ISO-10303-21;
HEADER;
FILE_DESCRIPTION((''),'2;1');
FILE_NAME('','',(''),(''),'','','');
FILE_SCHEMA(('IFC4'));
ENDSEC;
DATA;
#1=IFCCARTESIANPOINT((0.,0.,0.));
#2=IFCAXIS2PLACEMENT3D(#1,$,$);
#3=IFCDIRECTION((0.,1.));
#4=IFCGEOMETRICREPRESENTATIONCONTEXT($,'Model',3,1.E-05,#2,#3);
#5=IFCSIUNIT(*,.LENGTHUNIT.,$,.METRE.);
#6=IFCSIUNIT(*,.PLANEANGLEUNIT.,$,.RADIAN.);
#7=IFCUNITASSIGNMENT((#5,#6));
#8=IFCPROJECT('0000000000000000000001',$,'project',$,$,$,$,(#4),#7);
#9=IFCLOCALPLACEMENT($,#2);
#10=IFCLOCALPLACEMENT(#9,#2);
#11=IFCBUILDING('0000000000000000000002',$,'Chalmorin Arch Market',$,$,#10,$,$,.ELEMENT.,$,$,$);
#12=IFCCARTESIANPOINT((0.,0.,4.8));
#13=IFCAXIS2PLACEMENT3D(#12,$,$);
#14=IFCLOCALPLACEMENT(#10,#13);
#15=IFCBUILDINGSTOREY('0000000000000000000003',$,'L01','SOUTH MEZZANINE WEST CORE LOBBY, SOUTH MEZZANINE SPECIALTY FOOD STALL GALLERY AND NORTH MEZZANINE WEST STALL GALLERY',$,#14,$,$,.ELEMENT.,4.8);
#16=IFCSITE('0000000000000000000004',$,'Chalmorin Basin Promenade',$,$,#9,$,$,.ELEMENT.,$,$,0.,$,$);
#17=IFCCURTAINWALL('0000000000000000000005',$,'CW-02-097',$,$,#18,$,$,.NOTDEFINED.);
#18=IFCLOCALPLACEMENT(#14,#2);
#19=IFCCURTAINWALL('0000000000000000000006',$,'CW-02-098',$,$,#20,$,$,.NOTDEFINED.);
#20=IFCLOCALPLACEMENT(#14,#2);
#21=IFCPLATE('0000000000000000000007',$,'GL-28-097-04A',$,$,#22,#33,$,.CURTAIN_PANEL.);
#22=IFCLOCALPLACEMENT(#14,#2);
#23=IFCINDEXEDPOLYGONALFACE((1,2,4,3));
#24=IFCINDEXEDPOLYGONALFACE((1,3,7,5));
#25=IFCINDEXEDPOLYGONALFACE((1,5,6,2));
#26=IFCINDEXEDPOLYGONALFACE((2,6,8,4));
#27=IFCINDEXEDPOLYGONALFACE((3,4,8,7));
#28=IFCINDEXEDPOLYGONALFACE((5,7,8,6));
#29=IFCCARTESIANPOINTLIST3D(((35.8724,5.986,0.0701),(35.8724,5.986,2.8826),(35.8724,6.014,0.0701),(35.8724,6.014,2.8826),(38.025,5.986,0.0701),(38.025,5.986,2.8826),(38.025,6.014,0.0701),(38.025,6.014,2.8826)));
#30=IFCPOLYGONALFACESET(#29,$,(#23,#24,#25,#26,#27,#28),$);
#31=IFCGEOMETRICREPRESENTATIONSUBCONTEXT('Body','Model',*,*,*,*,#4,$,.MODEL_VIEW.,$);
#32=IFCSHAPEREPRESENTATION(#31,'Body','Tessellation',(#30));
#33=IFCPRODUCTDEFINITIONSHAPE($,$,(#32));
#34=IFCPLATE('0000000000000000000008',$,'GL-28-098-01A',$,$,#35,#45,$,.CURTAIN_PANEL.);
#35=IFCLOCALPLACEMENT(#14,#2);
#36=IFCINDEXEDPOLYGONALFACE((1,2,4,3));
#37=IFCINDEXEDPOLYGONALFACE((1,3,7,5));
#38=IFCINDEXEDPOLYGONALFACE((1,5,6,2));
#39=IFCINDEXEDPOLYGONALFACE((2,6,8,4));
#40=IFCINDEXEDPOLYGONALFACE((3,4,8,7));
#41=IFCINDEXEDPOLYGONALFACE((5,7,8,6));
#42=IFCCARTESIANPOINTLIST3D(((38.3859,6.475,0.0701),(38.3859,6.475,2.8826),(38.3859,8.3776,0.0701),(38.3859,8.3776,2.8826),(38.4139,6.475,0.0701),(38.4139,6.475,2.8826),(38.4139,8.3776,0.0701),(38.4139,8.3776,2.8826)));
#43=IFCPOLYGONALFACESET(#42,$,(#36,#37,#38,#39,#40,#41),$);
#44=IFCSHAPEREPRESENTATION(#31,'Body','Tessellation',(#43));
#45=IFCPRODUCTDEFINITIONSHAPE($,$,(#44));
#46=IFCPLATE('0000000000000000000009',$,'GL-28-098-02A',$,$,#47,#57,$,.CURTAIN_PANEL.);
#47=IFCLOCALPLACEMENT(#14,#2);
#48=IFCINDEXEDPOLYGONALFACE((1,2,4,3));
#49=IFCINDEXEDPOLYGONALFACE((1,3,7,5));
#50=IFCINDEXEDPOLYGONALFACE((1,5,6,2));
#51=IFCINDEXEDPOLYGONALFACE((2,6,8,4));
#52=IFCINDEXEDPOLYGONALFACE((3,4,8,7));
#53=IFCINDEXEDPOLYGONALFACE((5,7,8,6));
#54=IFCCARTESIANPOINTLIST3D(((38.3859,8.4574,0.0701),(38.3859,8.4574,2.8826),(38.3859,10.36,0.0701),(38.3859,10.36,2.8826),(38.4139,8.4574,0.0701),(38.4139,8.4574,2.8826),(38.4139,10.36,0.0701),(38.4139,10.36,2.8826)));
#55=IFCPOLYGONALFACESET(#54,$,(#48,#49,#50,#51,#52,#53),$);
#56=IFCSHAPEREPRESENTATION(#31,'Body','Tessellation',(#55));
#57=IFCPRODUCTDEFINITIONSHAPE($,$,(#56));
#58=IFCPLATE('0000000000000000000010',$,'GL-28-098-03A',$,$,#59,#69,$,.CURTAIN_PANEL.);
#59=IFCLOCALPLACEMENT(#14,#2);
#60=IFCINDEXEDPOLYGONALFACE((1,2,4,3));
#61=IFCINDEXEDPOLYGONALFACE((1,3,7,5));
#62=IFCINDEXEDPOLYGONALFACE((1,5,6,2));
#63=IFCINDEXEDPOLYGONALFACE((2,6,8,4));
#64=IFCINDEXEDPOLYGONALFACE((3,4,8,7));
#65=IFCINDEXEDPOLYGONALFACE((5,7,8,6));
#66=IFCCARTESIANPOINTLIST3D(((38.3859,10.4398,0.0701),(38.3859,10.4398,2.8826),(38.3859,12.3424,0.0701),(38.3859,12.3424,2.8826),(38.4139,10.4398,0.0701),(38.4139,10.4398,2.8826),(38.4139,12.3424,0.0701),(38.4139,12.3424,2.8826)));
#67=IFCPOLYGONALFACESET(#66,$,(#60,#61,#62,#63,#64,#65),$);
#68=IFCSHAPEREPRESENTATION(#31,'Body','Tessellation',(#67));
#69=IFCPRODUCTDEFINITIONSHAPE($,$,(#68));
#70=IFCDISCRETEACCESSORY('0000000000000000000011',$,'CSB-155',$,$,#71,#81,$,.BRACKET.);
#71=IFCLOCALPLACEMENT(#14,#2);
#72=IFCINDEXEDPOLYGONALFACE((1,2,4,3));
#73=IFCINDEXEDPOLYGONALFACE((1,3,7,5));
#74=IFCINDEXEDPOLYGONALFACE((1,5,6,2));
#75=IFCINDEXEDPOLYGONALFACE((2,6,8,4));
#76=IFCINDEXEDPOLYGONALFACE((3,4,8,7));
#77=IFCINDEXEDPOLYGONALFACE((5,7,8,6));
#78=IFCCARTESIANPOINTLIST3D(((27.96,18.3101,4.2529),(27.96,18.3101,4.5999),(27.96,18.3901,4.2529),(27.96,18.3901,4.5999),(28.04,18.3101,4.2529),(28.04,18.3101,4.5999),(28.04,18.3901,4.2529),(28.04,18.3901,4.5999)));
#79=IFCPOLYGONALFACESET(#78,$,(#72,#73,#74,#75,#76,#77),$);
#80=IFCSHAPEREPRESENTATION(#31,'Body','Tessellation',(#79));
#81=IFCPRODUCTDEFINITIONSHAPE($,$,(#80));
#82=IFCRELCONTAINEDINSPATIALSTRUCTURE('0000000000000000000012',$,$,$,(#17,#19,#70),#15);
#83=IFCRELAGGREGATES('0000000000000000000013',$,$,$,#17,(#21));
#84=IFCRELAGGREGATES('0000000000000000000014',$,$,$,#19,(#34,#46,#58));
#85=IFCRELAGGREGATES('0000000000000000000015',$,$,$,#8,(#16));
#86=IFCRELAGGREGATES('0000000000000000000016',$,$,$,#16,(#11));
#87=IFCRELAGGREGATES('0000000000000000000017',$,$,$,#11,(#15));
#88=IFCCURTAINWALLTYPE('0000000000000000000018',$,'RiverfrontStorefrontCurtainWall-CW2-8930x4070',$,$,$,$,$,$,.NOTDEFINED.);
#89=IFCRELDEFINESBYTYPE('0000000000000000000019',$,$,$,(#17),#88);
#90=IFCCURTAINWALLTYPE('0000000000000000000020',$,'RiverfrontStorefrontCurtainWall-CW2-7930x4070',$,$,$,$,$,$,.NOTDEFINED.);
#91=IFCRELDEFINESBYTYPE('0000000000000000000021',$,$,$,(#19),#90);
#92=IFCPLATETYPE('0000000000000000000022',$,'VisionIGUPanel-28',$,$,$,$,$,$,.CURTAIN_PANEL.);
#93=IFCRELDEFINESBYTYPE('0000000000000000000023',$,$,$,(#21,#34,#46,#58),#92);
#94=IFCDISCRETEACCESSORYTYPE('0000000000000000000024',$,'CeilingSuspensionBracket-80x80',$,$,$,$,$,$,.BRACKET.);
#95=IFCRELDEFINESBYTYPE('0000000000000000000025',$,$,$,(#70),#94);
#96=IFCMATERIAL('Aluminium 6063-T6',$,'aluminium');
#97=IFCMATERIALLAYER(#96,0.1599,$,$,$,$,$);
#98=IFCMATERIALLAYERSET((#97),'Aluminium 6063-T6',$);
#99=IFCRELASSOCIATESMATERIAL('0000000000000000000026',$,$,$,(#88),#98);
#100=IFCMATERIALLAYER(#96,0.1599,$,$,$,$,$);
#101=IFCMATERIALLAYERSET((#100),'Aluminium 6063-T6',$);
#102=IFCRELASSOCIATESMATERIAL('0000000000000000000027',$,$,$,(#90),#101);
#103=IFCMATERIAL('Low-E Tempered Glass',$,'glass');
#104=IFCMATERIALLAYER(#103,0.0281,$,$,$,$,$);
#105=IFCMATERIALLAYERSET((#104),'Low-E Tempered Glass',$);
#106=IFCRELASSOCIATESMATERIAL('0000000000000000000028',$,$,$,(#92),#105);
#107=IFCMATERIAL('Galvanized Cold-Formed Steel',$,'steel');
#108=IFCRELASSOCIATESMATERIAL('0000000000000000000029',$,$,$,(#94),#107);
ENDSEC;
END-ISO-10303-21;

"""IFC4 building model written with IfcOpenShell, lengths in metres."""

from ifc_helpers import new_model, si_unit, direction, frame, origin, origin_2d, place, context, subcontext, project, spatial, rectangle, extrude, material, layer, layer_set, type_object, element, aggregate, save


model = new_model("IFC4")

# Units and contexts
model_context = context("Model", 3, precision=1e-05, world=origin(), true_north=direction((0.0, 1.0)))
body_context = subcontext(model_context, "Body", "Model", "MODEL_VIEW")
ifc_project = project(units=[si_unit("LENGTHUNIT", "METRE"), si_unit("PLANEANGLEUNIT", "RADIAN")], contexts=[model_context])

# Site, building, storey
site_placement = place(None, origin())
site = spatial("IfcSite", under=ifc_project, at=site_placement, Name="Chalmorin Basin Promenade", CompositionType="ELEMENT", RefElevation=0.0)
building_placement = place(site_placement, origin())
building = spatial("IfcBuilding", under=site, at=building_placement, Name="Chalmorin Arch Market", CompositionType="ELEMENT")
storey_placement = place(building_placement, frame((0.0, 0.0, 4.8)))
storey = spatial("IfcBuildingStorey", under=building, at=storey_placement, Name="L01", Description="SOUTH MEZZANINE WEST CORE LOBBY, SOUTH MEZZANINE SPECIALTY FOOD STALL GALLERY AND NORTH MEZZANINE WEST STALL GALLERY", CompositionType="ELEMENT", Elevation=4.8)

# Curtain walls
ifc_material_1 = material(Name="Aluminium 6063-T6", Category="aluminium")
ifc_layer_1 = layer(ifc_material_1, 0.1599)
ifc_layer_set_1 = layer_set([ifc_layer_1], Name="Aluminium 6063-T6")
curtain_wall_type_1 = type_object("IfcCurtainWallType", Name="RiverfrontStorefrontCurtainWall-CW2-8930x4070", PredefinedType="NOTDEFINED", material=ifc_layer_set_1)
curtain_wall_1_placement = place(storey_placement, origin())
curtain_wall_1 = element("IfcCurtainWall", 1, at=curtain_wall_1_placement, inside=storey, type_object=curtain_wall_type_1, Name="CW-02-097", PredefinedType="NOTDEFINED")
ifc_layer_2 = layer(ifc_material_1, 0.1599)
ifc_layer_set_2 = layer_set([ifc_layer_2], Name="Aluminium 6063-T6")
curtain_wall_type_2 = type_object("IfcCurtainWallType", Name="RiverfrontStorefrontCurtainWall-CW2-7930x4070", PredefinedType="NOTDEFINED", material=ifc_layer_set_2)
curtain_wall_2_placement = place(storey_placement, origin())
curtain_wall_2 = element("IfcCurtainWall", 2, at=curtain_wall_2_placement, inside=storey, type_object=curtain_wall_type_2, Name="CW-02-098", PredefinedType="NOTDEFINED")

# Plates
ifc_material_2 = material(Name="Low-E Tempered Glass", Category="glass")
ifc_layer_3 = layer(ifc_material_2, 0.0281)
ifc_layer_set_3 = layer_set([ifc_layer_3], Name="Low-E Tempered Glass")
plate_type_1 = type_object("IfcPlateType", Name="VisionIGUPanel-28", PredefinedType="CURTAIN_PANEL", material=ifc_layer_set_3)
plate_1_placement = place(storey_placement, frame((36.9487, 6.0, 0.0701), z_axis=(0.0, 0.0, 1.0), x_axis=(1.0, 0.0, 0.0)))
plate_1 = element("IfcPlate", 3, at=plate_1_placement, type_object=plate_type_1, Name="GL-28-097-04A", PredefinedType="CURTAIN_PANEL", context=body_context, shape_type="SweptSolid", body=[
    extrude(rectangle(XDim=2.1526, YDim=0.0281, at=origin_2d()), origin(), (0.0, 0.0, 1.0), 2.8125),
])
aggregate(curtain_wall_1, [plate_1])
plate_2_placement = place(storey_placement, frame((38.3999, 7.4263, 0.0701), z_axis=(0.0, 0.0, 1.0), x_axis=(0.0, 1.0, 0.0)))
plate_2 = element("IfcPlate", 4, at=plate_2_placement, type_object=plate_type_1, Name="GL-28-098-01A", PredefinedType="CURTAIN_PANEL", context=body_context, shape_type="SweptSolid", body=[
    extrude(rectangle(XDim=1.9026, YDim=0.0281, at=origin_2d()), origin(), (0.0, 0.0, 1.0), 2.8125),
])
plate_3_placement = place(storey_placement, frame((38.3999, 9.4087, 0.0701), z_axis=(0.0, 0.0, 1.0), x_axis=(0.0, 1.0, 0.0)))
plate_3 = element("IfcPlate", 5, at=plate_3_placement, type_object=plate_type_1, Name="GL-28-098-02A", PredefinedType="CURTAIN_PANEL", context=body_context, shape_type="SweptSolid", body=[
    extrude(rectangle(XDim=1.9026, YDim=0.0281, at=origin_2d()), origin(), (0.0, 0.0, 1.0), 2.8125),
])
plate_4_placement = place(storey_placement, frame((38.3999, 11.3911, 0.0701), z_axis=(0.0, 0.0, 1.0), x_axis=(0.0, 1.0, 0.0)))
plate_4 = element("IfcPlate", 6, at=plate_4_placement, type_object=plate_type_1, Name="GL-28-098-03A", PredefinedType="CURTAIN_PANEL", context=body_context, shape_type="SweptSolid", body=[
    extrude(rectangle(XDim=1.9026, YDim=0.0281, at=origin_2d()), origin(), (0.0, 0.0, 1.0), 2.8125),
])
aggregate(curtain_wall_2, [plate_2, plate_3, plate_4])

# Discrete accessory
ifc_material_3 = material(Name="Galvanized Cold-Formed Steel", Category="steel")
discrete_accessory_type = type_object("IfcDiscreteAccessoryType", Name="CeilingSuspensionBracket-80x80", PredefinedType="BRACKET", material=ifc_material_3)
discrete_accessory_placement = place(storey_placement, frame((28.0, 18.3501, 4.2529), z_axis=(0.0, 0.0, 1.0), x_axis=(1.0, 0.0, 0.0)))
element("IfcDiscreteAccessory", 7, at=discrete_accessory_placement, inside=storey, type_object=discrete_accessory_type, Name="CSB-155", PredefinedType="BRACKET", context=body_context, shape_type="SweptSolid", body=[
    extrude(rectangle(XDim=0.0801, YDim=0.0801, at=origin_2d()), origin(), (0.0, 0.0, 1.0), 0.3469),
])

save(model, "model.ifc")
